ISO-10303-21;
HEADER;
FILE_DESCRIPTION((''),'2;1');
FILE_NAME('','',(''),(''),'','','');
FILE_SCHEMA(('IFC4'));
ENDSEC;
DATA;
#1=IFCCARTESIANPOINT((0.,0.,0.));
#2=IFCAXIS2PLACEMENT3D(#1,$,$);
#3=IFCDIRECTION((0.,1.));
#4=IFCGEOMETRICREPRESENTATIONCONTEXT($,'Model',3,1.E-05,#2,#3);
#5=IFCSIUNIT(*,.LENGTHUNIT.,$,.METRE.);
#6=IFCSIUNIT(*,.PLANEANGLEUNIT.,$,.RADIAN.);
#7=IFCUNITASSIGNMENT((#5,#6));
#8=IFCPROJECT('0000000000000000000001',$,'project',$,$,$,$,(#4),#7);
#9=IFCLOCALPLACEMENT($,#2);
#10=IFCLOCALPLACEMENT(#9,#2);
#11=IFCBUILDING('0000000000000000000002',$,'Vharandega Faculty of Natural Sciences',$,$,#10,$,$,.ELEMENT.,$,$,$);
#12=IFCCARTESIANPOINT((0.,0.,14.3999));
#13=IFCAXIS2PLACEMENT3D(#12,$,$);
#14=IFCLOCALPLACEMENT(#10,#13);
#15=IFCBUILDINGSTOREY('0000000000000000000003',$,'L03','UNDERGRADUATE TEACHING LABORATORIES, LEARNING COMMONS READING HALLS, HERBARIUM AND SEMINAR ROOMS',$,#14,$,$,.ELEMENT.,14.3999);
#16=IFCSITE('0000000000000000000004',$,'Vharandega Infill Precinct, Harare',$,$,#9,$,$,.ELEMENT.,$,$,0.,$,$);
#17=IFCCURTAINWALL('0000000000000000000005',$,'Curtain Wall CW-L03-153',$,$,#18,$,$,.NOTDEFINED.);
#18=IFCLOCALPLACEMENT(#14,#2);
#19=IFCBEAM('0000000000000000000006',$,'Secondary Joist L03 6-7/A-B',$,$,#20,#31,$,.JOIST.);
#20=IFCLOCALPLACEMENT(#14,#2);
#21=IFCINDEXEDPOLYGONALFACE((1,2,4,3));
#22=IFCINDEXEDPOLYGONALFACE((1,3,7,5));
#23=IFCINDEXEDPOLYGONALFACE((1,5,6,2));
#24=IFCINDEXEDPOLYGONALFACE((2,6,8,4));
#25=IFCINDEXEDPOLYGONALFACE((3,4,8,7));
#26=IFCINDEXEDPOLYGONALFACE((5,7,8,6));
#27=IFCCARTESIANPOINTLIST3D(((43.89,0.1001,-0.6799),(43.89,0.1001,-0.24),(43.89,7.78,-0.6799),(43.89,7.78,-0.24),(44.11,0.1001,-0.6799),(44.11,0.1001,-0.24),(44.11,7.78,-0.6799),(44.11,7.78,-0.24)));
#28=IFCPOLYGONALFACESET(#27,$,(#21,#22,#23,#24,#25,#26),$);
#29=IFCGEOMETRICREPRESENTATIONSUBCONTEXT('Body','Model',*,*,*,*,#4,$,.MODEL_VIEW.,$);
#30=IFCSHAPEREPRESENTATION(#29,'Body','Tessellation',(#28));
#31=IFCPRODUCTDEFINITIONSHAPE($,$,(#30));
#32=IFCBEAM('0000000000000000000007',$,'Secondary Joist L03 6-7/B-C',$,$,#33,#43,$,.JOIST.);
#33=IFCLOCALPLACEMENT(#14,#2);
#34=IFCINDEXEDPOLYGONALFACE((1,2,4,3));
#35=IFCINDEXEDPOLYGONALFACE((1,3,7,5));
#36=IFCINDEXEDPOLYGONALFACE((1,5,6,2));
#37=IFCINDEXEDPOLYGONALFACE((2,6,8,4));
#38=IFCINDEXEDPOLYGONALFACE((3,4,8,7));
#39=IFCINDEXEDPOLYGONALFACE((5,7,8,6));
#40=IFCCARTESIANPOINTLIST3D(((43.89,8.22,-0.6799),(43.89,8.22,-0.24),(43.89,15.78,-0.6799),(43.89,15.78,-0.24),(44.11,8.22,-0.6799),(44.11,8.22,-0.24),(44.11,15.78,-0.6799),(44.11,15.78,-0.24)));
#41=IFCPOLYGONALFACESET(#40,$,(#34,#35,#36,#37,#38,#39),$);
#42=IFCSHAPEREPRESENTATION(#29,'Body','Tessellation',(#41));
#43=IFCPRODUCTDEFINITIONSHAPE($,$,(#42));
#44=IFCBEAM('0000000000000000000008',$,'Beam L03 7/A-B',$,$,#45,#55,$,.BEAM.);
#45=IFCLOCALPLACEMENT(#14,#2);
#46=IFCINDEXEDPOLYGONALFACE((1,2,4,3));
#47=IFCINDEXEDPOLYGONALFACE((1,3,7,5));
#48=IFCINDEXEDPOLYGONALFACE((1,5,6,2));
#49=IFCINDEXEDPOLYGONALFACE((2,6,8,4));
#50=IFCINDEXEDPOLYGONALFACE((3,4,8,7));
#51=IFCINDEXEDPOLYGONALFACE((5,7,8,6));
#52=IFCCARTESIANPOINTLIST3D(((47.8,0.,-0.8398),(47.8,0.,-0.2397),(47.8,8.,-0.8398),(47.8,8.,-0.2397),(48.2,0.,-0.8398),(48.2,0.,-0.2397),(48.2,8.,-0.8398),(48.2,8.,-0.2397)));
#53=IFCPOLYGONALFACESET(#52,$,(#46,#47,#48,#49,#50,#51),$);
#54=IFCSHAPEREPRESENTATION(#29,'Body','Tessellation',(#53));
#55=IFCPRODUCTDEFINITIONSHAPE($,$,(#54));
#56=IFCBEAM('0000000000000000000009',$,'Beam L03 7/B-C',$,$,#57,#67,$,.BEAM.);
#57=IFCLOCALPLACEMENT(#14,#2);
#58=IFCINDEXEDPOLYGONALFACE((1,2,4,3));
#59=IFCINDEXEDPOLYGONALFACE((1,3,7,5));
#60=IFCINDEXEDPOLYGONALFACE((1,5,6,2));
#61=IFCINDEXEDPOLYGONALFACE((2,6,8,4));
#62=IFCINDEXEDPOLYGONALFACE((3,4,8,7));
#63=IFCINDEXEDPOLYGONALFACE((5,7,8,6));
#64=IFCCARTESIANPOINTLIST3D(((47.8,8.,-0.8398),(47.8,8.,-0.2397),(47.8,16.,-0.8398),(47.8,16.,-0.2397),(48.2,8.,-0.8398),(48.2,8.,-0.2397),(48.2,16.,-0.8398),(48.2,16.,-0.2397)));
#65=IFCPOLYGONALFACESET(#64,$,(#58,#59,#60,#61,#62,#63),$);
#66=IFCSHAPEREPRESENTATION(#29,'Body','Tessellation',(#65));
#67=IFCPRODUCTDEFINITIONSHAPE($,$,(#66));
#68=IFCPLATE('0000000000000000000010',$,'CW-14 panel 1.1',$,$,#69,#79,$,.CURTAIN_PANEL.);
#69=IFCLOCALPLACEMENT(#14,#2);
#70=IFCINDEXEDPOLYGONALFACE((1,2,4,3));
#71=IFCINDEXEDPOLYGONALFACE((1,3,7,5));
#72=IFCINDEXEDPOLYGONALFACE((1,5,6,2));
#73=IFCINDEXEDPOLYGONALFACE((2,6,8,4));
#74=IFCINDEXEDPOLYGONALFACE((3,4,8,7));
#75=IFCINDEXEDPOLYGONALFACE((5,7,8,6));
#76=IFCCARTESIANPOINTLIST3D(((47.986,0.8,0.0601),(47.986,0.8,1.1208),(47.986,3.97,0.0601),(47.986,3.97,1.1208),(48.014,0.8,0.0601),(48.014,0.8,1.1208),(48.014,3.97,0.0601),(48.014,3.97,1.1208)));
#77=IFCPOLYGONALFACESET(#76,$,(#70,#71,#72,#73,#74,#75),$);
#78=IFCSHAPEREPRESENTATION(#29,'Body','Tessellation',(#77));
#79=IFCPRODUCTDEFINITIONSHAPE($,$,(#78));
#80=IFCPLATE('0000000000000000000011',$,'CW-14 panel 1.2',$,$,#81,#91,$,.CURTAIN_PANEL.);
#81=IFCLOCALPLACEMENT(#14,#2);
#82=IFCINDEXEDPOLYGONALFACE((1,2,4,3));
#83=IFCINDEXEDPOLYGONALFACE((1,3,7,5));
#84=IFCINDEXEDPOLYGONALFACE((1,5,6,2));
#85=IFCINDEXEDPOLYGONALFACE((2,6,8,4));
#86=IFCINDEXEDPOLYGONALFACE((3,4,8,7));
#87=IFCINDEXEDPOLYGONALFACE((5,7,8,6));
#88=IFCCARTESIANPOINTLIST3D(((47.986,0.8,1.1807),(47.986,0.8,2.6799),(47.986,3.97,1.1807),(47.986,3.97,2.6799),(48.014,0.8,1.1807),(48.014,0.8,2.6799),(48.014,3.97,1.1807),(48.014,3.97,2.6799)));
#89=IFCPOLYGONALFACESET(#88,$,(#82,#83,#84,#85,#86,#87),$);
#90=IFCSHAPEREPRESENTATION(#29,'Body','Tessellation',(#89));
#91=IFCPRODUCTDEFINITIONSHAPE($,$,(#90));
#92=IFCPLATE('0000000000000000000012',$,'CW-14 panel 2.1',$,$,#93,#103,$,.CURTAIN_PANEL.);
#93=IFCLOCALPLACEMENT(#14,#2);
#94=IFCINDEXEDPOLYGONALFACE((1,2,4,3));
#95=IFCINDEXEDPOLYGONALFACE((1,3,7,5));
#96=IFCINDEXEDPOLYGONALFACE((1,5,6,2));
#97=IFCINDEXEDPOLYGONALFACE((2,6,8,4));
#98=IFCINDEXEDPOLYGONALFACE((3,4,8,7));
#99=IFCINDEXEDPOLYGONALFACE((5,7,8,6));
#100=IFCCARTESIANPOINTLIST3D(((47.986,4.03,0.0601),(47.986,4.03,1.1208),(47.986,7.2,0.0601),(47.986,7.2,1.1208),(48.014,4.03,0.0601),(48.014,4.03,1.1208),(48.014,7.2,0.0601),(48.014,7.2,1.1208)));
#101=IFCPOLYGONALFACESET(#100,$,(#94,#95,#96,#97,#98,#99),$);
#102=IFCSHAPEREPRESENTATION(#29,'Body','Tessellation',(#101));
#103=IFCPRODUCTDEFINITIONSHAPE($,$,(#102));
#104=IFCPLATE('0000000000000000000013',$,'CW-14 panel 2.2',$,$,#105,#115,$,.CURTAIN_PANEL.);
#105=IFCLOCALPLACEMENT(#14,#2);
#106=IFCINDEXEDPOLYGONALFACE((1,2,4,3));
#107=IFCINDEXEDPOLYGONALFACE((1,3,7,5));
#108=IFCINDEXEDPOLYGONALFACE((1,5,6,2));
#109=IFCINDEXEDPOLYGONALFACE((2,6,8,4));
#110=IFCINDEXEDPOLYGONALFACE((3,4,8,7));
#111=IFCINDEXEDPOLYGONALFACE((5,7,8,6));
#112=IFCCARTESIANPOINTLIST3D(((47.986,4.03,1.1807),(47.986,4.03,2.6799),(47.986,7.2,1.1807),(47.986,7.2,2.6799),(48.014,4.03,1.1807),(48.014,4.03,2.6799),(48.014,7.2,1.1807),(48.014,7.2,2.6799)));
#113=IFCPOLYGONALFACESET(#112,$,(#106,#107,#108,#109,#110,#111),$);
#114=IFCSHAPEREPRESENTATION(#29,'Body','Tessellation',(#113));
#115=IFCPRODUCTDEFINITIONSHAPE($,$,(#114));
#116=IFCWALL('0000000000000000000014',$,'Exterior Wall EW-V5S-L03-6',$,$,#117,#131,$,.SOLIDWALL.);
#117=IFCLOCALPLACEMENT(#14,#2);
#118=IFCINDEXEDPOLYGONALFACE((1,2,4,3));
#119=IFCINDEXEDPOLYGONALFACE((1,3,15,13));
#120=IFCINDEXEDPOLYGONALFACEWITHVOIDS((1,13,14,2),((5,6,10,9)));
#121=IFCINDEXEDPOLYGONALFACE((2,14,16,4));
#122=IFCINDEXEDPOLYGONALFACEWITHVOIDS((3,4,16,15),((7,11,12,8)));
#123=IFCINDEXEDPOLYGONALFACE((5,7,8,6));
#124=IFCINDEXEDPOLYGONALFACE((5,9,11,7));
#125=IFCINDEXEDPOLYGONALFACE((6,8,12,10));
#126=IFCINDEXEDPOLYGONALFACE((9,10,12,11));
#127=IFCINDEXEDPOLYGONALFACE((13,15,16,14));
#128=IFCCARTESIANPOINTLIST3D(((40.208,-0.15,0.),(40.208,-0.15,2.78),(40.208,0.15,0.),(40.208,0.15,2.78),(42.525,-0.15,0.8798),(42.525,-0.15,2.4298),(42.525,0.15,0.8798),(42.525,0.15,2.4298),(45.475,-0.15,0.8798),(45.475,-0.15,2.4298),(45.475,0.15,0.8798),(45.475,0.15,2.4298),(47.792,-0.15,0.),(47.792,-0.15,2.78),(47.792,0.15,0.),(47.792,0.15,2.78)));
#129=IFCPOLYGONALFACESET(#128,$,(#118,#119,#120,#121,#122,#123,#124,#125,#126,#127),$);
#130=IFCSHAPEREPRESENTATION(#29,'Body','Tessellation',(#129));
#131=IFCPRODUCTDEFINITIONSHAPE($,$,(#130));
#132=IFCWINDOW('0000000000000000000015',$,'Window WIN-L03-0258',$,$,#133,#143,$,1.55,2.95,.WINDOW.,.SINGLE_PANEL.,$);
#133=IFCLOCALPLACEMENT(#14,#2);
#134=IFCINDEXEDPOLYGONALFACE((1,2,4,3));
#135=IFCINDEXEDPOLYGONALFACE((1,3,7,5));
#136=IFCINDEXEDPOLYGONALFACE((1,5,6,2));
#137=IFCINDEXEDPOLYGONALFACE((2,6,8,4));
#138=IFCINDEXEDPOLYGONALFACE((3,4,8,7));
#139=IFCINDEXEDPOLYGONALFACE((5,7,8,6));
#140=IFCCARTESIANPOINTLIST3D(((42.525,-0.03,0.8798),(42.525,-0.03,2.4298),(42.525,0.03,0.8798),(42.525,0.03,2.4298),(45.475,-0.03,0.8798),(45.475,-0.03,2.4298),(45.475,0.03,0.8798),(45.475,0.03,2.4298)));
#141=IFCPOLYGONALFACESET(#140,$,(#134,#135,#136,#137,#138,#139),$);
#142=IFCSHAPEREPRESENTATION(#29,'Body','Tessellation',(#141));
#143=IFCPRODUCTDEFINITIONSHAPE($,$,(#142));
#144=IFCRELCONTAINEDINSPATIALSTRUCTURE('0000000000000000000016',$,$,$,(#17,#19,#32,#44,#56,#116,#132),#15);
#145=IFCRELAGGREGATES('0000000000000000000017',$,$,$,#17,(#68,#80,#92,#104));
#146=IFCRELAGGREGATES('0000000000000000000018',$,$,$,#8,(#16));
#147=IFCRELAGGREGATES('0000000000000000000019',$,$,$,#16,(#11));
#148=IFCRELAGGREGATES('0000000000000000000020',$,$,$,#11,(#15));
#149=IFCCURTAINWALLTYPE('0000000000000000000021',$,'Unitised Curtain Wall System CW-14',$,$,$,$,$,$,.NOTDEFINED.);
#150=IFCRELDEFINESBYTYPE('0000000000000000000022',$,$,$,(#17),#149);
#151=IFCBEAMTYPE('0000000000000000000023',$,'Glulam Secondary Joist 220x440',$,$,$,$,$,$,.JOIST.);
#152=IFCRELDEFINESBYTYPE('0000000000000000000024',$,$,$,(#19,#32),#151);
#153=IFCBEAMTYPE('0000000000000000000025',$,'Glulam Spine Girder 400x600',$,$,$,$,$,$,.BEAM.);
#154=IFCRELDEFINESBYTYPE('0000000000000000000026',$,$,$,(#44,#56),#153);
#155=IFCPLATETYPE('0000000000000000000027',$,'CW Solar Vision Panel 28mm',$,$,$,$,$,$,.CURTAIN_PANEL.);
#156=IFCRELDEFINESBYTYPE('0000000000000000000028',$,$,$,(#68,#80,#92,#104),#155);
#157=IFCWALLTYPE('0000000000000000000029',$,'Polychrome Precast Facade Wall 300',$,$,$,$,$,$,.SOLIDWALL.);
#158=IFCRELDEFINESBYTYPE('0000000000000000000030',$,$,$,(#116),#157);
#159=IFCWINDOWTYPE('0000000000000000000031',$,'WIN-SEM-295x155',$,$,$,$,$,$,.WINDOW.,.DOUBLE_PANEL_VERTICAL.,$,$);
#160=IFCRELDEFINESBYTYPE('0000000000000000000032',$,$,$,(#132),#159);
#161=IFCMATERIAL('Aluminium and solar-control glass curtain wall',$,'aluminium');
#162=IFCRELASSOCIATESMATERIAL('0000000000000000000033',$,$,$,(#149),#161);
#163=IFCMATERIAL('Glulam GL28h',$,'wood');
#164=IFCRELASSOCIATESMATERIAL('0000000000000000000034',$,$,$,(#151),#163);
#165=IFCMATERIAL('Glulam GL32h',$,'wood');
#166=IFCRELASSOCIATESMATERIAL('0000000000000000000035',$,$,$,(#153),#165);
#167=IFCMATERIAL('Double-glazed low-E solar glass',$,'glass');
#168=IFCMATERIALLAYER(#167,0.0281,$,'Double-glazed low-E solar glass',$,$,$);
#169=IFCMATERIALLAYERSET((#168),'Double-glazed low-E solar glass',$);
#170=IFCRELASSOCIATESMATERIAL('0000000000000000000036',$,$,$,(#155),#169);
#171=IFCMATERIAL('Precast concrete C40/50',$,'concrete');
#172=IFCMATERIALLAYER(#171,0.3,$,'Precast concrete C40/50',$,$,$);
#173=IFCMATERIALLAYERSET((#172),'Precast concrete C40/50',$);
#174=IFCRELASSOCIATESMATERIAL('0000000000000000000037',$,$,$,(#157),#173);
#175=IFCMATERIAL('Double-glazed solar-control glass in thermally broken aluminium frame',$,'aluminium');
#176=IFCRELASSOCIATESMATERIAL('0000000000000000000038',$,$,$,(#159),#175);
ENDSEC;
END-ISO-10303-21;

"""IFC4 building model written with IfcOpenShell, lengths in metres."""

from ifc_helpers import new_model, si_unit, direction, frame, frame_2d, origin, origin_2d, place, context, subcontext, project, spatial, rectangle, extrude, material, layer, layer_set, material_profile, profile_set, type_object, element, fill, aggregate, save


model = new_model("IFC4")

# Units and contexts
model_context = context("Model", 3, precision=1e-05, world=origin(), true_north=direction((0.0, 1.0)))
body_context = subcontext(model_context, "Body", "Model", "MODEL_VIEW")
ifc_project = project(units=[si_unit("LENGTHUNIT", "METRE"), si_unit("PLANEANGLEUNIT", "RADIAN")], contexts=[model_context])

# Site, building, storey
site_placement = place(None, origin())
site = spatial("IfcSite", under=ifc_project, at=site_placement, Name="Vharandega Infill Precinct, Harare", CompositionType="ELEMENT", RefElevation=0.0)
building_placement = place(site_placement, origin())
building = spatial("IfcBuilding", under=site, at=building_placement, Name="Vharandega Faculty of Natural Sciences", CompositionType="ELEMENT")
storey_placement = place(building_placement, frame((0.0, 0.0, 14.3999)))
storey = spatial("IfcBuildingStorey", under=building, at=storey_placement, Name="L03", Description="UNDERGRADUATE TEACHING LABORATORIES, LEARNING COMMONS READING HALLS, HERBARIUM AND SEMINAR ROOMS", CompositionType="ELEMENT", Elevation=14.3999)

# Curtain wall
ifc_material_1 = material(Name="Aluminium and solar-control glass curtain wall", Category="aluminium")
curtain_wall_type_1 = type_object("IfcCurtainWallType", Name="Unitised Curtain Wall System CW-14", PredefinedType="NOTDEFINED", material=ifc_material_1)
curtain_wall_1_placement = place(storey_placement, origin())
curtain_wall_1 = element("IfcCurtainWall", 1, at=curtain_wall_1_placement, inside=storey, type_object=curtain_wall_type_1, Name="Curtain Wall CW-L03-153", PredefinedType="NOTDEFINED")

# Beams
ifc_material_2 = material(Name="Glulam GL28h", Category="wood")
ifc_material_profile_1 = material_profile(ifc_material_2, rectangle(XDim=0.22, YDim=0.4399, at=origin_2d()), Name="GL28h 220x440")
ifc_profile_set_1 = profile_set([ifc_material_profile_1], Name="Glulam GL28h")
beam_type_1 = type_object("IfcBeamType", Name="Glulam Secondary Joist 220x440", PredefinedType="JOIST", material=ifc_profile_set_1)
beam_1_placement = place(storey_placement, frame((44.0, 0.1001, -0.46), z_axis=(0.0, 1.0, 0.0), x_axis=(-1.0, 0.0, 0.0)))
element("IfcBeam", 2, at=beam_1_placement, inside=storey, type_object=beam_type_1, Name="Secondary Joist L03 6-7/A-B", PredefinedType="JOIST", context=body_context, shape_type="SweptSolid", body=[
    extrude(rectangle(XDim=0.22, YDim=0.4399, at=origin_2d()), origin(), (0.0, 0.0, 1.0), 7.6799),
])
beam_2_placement = place(storey_placement, frame((44.0, 8.22, -0.46), z_axis=(0.0, 1.0, 0.0), x_axis=(-1.0, 0.0, 0.0)))
element("IfcBeam", 3, at=beam_2_placement, inside=storey, type_object=beam_type_1, Name="Secondary Joist L03 6-7/B-C", PredefinedType="JOIST", context=body_context, shape_type="SweptSolid", body=[
    extrude(rectangle(XDim=0.22, YDim=0.4399, at=origin_2d()), origin(), (0.0, 0.0, 1.0), 7.5601),
])
ifc_material_3 = material(Name="Glulam GL32h", Category="wood")
ifc_material_profile_2 = material_profile(ifc_material_3, rectangle(XDim=0.3999, YDim=0.6001, at=origin_2d()), Name="GL32h 400x600")
ifc_profile_set_2 = profile_set([ifc_material_profile_2], Name="Glulam GL32h")
beam_type_2 = type_object("IfcBeamType", Name="Glulam Spine Girder 400x600", PredefinedType="BEAM", material=ifc_profile_set_2)
for number, where, z_axis, x_axis, name in (
    (4, (48.0, 0.0, -0.5398), (0.0, 1.0, 0.0), (-1.0, 0.0, 0.0), "Beam L03 7/A-B"),
    (5, (48.0, 8.0, -0.5398), (0.0, 1.0, 0.0), (-1.0, 0.0, 0.0), "Beam L03 7/B-C"),
):
    element("IfcBeam", number, at=place(storey_placement, frame(where, z_axis=z_axis, x_axis=x_axis)), inside=storey, type_object=beam_type_2, Name=name, PredefinedType="BEAM", context=body_context, shape_type="SweptSolid", body=[
        extrude(rectangle(XDim=0.3999, YDim=0.6001, at=origin_2d()), origin(), (0.0, 0.0, 1.0), 8.0),
    ])

# Plates
ifc_material_4 = material(Name="Double-glazed low-E solar glass", Category="glass")
ifc_layer_1 = layer(ifc_material_4, 0.0281, Name="Double-glazed low-E solar glass")
ifc_layer_set_1 = layer_set([ifc_layer_1], Name="Double-glazed low-E solar glass")
plate_type = type_object("IfcPlateType", Name="CW Solar Vision Panel 28mm", PredefinedType="CURTAIN_PANEL", material=ifc_layer_set_1)
plate_1_placement = place(storey_placement, frame((48.0, 2.385, 0.0601), z_axis=(0.0, 0.0, 1.0), x_axis=(0.0, 1.0, 0.0)))
plate_1 = element("IfcPlate", 6, at=plate_1_placement, type_object=plate_type, Name="CW-14 panel 1.1", PredefinedType="CURTAIN_PANEL", context=body_context, shape_type="SweptSolid", body=[
    extrude(rectangle(XDim=3.1699, YDim=0.0281, at=origin_2d()), origin(), (0.0, 0.0, 1.0), 1.0608),
])
plate_2_placement = place(storey_placement, frame((48.0, 2.385, 1.1807), z_axis=(0.0, 0.0, 1.0), x_axis=(0.0, 1.0, 0.0)))
plate_2 = element("IfcPlate", 7, at=plate_2_placement, type_object=plate_type, Name="CW-14 panel 1.2", PredefinedType="CURTAIN_PANEL", context=body_context, shape_type="SweptSolid", body=[
    extrude(rectangle(XDim=3.1699, YDim=0.0281, at=origin_2d()), origin(), (0.0, 0.0, 1.0), 1.4993),
])
plate_3_placement = place(storey_placement, frame((48.0, 5.615, 0.0601), z_axis=(0.0, 0.0, 1.0), x_axis=(0.0, 1.0, 0.0)))
plate_3 = element("IfcPlate", 8, at=plate_3_placement, type_object=plate_type, Name="CW-14 panel 2.1", PredefinedType="CURTAIN_PANEL", context=body_context, shape_type="SweptSolid", body=[
    extrude(rectangle(XDim=3.1699, YDim=0.0281, at=origin_2d()), origin(), (0.0, 0.0, 1.0), 1.0608),
])
plate_4_placement = place(storey_placement, frame((48.0, 5.615, 1.1807), z_axis=(0.0, 0.0, 1.0), x_axis=(0.0, 1.0, 0.0)))
plate_4 = element("IfcPlate", 9, at=plate_4_placement, type_object=plate_type, Name="CW-14 panel 2.2", PredefinedType="CURTAIN_PANEL", context=body_context, shape_type="SweptSolid", body=[
    extrude(rectangle(XDim=3.1699, YDim=0.0281, at=origin_2d()), origin(), (0.0, 0.0, 1.0), 1.4993),
])
aggregate(curtain_wall_1, [plate_1, plate_2, plate_3, plate_4])

# Wall, opening, window
ifc_material_5 = material(Name="Precast concrete C40/50", Category="concrete")
ifc_layer_2 = layer(ifc_material_5, 0.3, Name="Precast concrete C40/50")
ifc_layer_set_2 = layer_set([ifc_layer_2], Name="Precast concrete C40/50")
wall_type = type_object("IfcWallType", Name="Polychrome Precast Facade Wall 300", PredefinedType="SOLIDWALL", material=ifc_layer_set_2)
wall_placement = place(storey_placement, frame((47.792, 0.0, 0.0), z_axis=(0.0, 0.0, 1.0), x_axis=(-1.0, 0.0, 0.0)))
wall = element("IfcWall", 10, at=wall_placement, inside=storey, type_object=wall_type, Name="Exterior Wall EW-V5S-L03-6", PredefinedType="SOLIDWALL", context=body_context, shape_type="SweptSolid", body=[
    extrude(rectangle(XDim=7.584, YDim=0.3, at=frame_2d((3.792, 0.0))), origin(), (0.0, 0.0, 1.0), 2.78),
])
opening_placement = place(wall_placement, frame((2.3169, 0.0, 0.8799)))
opening = element("IfcOpeningElement", 11, at=opening_placement, cuts=wall, PredefinedType="OPENING", context=body_context, shape_type="SweptSolid", body=[
    extrude(rectangle(XDim=2.95, YDim=1.55, at=frame_2d((1.4751, 0.7749))), frame((0.0, 0.1602, 0.0), z_axis=(0.0, -1.0, 0.0), x_axis=(1.0, 0.0, 0.0)), (0.0, 0.0, 1.0), 0.3201),
])
ifc_material_6 = material(Name="Double-glazed solar-control glass in thermally broken aluminium frame", Category="aluminium")
window_type = type_object("IfcWindowType", Name="WIN-SEM-295x155", PartitioningType="DOUBLE_PANEL_VERTICAL", PredefinedType="WINDOW", material=ifc_material_6)
window_placement = place(opening_placement, origin())
window = element("IfcWindow", 12, at=window_placement, inside=storey, type_object=window_type, Name="Window WIN-L03-0258", OverallHeight=1.55, OverallWidth=2.95, PartitioningType="SINGLE_PANEL", PredefinedType="WINDOW", context=body_context, shape_type="SweptSolid", body=[
    extrude(rectangle(XDim=2.95, YDim=1.55, at=frame_2d((1.4751, 0.7749))), frame((0.0, 0.03, 0.0), z_axis=(0.0, -1.0, 0.0), x_axis=(1.0, 0.0, 0.0)), (0.0, 0.0, 1.0), 0.0601),
])
fill(opening, window)

save(model, "model.ifc")
